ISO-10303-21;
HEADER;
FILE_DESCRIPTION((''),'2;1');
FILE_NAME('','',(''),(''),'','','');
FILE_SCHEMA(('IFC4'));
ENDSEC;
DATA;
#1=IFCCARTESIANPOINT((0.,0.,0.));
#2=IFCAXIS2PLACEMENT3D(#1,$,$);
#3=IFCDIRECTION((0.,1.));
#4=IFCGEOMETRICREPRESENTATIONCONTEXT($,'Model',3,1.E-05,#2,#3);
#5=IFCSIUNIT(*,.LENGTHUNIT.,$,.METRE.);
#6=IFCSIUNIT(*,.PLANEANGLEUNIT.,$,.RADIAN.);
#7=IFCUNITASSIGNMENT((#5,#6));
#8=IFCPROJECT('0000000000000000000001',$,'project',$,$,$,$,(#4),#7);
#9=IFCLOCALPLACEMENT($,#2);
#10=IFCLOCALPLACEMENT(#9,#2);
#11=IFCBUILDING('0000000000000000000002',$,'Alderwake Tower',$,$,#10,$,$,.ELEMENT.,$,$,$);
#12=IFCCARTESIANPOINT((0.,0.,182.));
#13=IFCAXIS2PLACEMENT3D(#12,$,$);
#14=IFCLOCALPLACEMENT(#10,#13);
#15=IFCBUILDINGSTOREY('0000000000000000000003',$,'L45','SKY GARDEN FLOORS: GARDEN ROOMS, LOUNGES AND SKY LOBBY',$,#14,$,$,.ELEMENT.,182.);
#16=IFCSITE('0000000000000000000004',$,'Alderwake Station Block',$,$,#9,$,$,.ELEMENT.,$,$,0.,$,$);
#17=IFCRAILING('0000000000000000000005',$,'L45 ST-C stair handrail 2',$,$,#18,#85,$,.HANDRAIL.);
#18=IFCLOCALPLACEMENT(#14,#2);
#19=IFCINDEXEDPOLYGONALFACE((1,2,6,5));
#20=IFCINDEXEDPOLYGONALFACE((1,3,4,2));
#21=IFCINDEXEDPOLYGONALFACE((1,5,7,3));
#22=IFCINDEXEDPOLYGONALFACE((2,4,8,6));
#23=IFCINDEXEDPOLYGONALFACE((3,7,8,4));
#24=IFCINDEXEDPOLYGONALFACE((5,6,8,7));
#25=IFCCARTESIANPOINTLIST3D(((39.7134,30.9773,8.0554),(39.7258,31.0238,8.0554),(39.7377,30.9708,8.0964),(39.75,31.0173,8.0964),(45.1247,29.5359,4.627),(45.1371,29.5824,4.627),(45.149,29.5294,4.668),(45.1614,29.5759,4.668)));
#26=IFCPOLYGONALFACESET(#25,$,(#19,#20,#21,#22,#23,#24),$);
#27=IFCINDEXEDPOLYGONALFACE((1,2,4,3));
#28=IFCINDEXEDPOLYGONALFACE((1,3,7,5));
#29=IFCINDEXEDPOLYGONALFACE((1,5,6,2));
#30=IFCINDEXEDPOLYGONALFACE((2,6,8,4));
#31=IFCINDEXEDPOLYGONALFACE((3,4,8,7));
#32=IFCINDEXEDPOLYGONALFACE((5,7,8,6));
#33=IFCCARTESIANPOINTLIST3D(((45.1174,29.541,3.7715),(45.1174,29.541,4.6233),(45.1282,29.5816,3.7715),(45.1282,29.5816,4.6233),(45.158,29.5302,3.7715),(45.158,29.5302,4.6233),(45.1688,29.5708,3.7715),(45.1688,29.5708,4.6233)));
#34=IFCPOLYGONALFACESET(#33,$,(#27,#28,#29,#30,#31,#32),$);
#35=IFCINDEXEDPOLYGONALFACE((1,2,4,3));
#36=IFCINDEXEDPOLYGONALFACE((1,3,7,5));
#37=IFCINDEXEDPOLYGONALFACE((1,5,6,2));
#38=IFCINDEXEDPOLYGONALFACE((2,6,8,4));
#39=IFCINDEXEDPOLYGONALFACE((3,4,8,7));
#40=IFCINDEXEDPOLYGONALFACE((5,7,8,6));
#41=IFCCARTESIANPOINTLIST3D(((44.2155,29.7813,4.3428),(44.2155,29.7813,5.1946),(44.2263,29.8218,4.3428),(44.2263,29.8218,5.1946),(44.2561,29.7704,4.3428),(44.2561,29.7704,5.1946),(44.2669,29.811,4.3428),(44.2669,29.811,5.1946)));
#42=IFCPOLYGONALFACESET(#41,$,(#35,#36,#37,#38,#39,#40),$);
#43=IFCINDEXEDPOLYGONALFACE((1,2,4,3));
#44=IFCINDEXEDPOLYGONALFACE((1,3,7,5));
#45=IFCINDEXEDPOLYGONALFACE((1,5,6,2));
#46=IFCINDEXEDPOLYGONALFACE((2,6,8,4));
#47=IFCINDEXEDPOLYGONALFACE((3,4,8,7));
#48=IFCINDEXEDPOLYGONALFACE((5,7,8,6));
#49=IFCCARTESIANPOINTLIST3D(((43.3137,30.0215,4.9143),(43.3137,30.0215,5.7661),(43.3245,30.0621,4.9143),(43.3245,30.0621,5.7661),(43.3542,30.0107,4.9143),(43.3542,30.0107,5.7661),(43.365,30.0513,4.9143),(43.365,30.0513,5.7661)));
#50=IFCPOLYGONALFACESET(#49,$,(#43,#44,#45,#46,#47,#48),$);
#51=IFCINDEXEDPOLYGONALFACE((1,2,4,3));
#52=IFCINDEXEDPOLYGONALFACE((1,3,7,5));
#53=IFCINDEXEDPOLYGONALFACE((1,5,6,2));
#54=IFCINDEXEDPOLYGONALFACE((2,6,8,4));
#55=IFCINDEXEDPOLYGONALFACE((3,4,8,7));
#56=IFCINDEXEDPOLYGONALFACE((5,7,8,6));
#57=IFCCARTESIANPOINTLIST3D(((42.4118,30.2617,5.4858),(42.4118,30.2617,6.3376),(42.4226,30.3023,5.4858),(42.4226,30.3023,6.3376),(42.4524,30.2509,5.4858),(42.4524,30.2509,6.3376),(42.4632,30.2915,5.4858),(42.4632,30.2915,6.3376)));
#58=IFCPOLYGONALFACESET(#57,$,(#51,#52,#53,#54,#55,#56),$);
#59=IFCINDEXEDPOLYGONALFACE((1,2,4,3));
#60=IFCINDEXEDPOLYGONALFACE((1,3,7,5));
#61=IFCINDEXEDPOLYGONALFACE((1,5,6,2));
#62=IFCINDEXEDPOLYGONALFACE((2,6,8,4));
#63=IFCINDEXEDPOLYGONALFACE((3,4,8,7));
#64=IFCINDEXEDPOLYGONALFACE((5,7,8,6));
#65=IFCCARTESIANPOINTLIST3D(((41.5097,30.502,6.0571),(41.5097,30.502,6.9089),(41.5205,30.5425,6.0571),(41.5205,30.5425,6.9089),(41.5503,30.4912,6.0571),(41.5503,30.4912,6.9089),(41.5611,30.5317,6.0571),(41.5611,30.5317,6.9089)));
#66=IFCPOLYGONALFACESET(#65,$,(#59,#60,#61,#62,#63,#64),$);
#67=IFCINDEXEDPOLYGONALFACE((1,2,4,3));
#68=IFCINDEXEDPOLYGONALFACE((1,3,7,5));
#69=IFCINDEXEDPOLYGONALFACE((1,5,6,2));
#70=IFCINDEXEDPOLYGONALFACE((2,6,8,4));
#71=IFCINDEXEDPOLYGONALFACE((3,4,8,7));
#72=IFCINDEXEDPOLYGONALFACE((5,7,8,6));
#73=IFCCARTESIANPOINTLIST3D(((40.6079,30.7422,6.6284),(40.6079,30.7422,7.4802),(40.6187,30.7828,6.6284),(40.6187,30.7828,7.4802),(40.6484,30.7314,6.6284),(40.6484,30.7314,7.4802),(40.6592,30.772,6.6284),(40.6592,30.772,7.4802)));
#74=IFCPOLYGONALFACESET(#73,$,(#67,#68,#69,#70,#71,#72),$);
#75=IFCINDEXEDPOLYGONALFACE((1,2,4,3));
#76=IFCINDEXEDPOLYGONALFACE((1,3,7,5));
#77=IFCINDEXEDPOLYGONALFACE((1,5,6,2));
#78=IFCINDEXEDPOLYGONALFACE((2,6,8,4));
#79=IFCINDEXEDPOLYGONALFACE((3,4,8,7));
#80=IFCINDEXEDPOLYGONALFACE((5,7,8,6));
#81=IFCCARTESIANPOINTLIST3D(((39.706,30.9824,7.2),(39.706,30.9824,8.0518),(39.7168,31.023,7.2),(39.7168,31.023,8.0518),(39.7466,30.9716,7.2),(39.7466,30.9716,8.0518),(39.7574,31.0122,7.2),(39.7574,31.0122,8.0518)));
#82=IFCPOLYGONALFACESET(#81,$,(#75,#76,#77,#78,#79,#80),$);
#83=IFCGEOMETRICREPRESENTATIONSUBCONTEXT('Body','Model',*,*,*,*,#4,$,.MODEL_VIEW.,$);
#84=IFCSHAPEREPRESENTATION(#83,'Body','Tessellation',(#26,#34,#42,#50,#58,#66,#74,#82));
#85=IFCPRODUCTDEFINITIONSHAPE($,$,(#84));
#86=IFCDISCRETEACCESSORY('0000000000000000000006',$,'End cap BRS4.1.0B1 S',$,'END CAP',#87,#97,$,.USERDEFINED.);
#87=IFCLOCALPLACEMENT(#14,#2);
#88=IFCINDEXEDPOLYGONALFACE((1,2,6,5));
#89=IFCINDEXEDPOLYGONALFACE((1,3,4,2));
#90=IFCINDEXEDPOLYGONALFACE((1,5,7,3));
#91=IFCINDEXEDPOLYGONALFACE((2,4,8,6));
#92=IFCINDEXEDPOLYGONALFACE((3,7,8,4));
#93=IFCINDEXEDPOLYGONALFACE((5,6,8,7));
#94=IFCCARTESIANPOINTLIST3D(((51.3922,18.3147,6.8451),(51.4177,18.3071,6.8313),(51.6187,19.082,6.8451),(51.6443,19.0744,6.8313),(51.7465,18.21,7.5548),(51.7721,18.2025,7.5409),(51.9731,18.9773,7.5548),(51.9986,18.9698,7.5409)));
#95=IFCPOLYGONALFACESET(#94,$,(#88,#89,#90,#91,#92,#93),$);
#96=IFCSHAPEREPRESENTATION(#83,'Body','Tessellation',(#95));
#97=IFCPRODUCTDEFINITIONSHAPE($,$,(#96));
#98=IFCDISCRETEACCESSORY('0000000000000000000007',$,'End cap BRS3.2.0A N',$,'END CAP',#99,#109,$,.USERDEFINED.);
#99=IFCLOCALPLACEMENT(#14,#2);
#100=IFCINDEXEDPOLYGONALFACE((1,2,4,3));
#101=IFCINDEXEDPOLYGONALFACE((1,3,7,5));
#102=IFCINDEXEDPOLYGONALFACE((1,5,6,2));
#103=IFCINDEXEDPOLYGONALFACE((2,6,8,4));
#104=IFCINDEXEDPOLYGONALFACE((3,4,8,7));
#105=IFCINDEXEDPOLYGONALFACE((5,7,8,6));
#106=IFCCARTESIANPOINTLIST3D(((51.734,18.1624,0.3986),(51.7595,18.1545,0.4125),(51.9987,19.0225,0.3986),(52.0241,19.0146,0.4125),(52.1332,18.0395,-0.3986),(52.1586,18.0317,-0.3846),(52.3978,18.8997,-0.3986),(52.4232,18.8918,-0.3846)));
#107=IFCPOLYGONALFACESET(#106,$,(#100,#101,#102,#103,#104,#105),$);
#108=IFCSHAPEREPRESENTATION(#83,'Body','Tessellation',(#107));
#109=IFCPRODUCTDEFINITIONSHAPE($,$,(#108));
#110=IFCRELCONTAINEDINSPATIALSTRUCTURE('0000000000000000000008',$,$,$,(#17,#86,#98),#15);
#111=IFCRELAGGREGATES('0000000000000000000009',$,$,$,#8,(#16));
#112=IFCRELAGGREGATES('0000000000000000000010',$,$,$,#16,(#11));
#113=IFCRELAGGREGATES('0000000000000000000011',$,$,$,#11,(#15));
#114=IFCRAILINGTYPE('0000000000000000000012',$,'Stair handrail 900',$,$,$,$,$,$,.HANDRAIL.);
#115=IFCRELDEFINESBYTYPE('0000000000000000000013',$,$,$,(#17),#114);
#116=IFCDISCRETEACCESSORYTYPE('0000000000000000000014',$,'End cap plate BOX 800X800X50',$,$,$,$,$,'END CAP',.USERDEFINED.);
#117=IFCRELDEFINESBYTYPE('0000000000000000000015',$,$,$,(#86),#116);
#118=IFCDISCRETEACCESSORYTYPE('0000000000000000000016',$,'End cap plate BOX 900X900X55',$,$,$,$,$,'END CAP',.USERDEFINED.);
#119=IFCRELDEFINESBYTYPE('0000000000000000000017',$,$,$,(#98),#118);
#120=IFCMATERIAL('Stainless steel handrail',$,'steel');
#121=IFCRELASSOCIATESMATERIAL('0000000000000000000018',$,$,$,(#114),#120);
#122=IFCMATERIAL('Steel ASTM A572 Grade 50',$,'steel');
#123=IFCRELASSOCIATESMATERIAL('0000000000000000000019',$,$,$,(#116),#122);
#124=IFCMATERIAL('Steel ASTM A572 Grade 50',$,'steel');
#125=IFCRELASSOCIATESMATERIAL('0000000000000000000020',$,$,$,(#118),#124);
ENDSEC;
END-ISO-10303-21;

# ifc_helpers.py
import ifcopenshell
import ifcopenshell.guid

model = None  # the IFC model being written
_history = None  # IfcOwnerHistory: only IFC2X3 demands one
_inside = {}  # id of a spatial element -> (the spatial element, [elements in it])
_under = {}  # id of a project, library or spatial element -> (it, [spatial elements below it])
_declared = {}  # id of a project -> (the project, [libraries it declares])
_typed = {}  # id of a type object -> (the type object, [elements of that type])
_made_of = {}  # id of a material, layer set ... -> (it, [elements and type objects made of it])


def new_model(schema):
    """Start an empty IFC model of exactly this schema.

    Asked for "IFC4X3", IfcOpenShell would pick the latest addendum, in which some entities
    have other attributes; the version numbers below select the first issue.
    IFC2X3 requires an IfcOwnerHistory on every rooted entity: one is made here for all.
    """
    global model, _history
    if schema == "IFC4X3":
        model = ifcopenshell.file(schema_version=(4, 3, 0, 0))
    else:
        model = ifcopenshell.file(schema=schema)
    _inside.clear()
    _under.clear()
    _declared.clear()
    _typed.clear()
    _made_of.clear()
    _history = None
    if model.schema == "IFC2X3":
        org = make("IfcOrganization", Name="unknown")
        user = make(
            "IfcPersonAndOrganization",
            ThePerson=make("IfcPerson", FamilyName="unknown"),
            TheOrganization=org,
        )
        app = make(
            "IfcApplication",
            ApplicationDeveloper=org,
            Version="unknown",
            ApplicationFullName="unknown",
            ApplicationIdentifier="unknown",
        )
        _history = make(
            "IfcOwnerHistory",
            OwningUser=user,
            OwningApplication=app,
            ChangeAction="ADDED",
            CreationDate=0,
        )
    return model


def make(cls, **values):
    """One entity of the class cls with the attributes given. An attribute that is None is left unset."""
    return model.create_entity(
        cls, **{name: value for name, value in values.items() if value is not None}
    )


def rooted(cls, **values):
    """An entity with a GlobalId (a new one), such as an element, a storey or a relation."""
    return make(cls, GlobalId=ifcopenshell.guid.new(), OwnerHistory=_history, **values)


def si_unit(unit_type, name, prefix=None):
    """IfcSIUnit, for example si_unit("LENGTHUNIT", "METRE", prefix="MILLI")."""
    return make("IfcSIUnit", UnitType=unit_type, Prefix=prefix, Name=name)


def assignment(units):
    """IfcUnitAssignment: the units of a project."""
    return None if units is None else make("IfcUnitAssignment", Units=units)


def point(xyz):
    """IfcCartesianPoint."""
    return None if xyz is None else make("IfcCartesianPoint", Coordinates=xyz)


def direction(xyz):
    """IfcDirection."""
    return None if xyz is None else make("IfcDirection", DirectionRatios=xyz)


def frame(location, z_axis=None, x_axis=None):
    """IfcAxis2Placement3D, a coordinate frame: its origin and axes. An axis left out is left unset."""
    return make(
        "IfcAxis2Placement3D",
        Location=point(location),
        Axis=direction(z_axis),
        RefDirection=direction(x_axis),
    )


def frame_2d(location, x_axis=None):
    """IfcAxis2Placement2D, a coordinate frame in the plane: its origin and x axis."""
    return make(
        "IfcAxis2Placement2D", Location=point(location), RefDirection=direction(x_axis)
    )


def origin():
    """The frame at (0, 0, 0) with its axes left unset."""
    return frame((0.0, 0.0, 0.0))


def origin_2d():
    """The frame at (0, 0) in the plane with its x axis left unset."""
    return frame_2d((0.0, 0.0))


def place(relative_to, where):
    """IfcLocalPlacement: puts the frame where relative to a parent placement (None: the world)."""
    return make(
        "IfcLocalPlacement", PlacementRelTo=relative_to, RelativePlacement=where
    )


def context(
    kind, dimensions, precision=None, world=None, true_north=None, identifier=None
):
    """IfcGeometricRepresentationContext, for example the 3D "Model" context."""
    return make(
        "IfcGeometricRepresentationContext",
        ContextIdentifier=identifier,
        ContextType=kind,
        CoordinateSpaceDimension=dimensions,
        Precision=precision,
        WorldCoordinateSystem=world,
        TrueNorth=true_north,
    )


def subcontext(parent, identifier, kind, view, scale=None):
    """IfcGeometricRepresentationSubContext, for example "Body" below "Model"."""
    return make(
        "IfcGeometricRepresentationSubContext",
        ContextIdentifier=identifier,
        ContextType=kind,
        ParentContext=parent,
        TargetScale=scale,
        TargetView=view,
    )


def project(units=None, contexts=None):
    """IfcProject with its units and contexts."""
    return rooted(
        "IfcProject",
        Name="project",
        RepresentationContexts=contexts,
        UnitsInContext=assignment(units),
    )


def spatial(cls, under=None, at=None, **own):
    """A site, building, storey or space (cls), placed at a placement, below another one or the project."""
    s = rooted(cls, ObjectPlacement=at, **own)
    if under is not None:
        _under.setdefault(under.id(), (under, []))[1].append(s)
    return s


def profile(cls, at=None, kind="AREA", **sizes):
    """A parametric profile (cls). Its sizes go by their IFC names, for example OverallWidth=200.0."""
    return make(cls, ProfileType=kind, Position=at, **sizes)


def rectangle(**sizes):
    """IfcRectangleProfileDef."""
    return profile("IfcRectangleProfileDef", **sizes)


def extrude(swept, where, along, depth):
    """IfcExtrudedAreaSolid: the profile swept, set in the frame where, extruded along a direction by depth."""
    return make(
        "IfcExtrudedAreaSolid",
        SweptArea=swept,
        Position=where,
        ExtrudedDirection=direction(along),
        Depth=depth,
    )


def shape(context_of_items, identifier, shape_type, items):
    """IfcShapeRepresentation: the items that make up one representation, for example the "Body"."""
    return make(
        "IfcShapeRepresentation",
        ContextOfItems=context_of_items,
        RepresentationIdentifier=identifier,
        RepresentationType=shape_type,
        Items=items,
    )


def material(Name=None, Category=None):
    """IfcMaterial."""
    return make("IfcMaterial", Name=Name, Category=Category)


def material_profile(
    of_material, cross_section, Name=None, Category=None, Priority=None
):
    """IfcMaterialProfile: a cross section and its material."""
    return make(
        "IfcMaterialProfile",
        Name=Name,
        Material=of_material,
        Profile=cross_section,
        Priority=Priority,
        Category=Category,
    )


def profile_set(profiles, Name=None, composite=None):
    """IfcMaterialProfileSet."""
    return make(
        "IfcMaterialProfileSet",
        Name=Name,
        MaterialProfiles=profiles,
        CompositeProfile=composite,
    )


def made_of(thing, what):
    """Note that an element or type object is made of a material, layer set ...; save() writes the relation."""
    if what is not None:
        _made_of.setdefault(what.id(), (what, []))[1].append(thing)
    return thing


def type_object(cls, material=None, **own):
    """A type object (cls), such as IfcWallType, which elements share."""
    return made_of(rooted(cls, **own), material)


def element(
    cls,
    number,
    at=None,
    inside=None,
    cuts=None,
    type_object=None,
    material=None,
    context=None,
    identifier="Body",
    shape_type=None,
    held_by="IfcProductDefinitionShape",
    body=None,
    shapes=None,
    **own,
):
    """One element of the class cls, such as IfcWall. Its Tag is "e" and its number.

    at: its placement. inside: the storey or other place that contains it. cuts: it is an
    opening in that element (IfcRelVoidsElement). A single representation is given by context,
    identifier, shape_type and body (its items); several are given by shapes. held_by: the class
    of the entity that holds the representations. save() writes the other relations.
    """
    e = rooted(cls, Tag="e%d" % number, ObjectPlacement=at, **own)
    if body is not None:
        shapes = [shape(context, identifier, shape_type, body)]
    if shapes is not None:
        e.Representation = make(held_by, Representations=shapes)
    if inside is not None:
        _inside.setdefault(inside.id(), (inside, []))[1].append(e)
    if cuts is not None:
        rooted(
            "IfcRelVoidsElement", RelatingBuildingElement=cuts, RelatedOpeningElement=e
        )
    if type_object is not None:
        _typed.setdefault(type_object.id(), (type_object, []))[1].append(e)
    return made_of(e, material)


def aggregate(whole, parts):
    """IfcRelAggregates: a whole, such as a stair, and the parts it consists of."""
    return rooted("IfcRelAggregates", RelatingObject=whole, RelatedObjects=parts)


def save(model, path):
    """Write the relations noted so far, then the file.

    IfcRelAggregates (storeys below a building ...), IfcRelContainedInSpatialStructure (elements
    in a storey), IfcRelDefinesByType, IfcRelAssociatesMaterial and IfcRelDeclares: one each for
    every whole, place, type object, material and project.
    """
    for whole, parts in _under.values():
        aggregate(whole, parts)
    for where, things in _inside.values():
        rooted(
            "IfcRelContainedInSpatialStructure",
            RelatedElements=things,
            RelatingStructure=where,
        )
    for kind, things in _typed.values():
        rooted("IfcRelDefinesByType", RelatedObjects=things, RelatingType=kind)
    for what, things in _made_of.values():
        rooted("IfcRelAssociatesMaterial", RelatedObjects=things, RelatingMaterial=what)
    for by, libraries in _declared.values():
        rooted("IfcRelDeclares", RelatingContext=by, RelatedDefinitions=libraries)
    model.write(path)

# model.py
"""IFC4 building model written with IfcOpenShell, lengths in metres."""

from ifc_helpers import new_model, si_unit, direction, frame, origin, origin_2d, place, context, subcontext, project, spatial, rectangle, extrude, material, material_profile, profile_set, type_object, element, save


model = new_model("IFC4")

# Units and contexts
model_context = context("Model", 3, precision=1e-05, world=origin(), true_north=direction((0.0, 1.0)))
body_context = subcontext(model_context, "Body", "Model", "MODEL_VIEW")
ifc_project = project(units=[si_unit("LENGTHUNIT", "METRE"), si_unit("PLANEANGLEUNIT", "RADIAN")], contexts=[model_context])

# Site, building, storey
site_placement = place(None, origin())
site = spatial("IfcSite", under=ifc_project, at=site_placement, Name="Alderwake Station Block", CompositionType="ELEMENT", RefElevation=0.0)
building_placement = place(site_placement, origin())
building = spatial("IfcBuilding", under=site, at=building_placement, Name="Alderwake Tower", CompositionType="ELEMENT")
storey_placement = place(building_placement, frame((0.0, 0.0, 182.0)))
storey = spatial("IfcBuildingStorey", under=building, at=storey_placement, Name="L45", Description="SKY GARDEN FLOORS: GARDEN ROOMS, LOUNGES AND SKY LOBBY", CompositionType="ELEMENT", Elevation=182.0)

# Railing
ifc_material_1 = material(Name="Stainless steel handrail", Category="steel")
railing_type_1 = type_object("IfcRailingType", Name="Stair handrail 900", PredefinedType="HANDRAIL", material=ifc_material_1)
railing_1_placement = place(storey_placement, frame((45.1431, 29.5559, 3.7715)))
element("IfcRailing", 1, at=railing_1_placement, inside=storey, type_object=railing_type_1, Name="L45 ST-C stair handrail 2", PredefinedType="HANDRAIL", context=body_context, shape_type="SweptSolid", body=[
    extrude(rectangle(XDim=0.0481, YDim=0.0481, at=origin_2d()), frame((0.0, 0.0, 0.876), z_axis=(-0.824126, 0.219519, 0.522138), x_axis=(-0.257391, -0.966307, 0.0)), (0.0, 0.0, 1.0), 6.5662),
    extrude(rectangle(XDim=0.042, YDim=0.042, at=origin_2d()), frame((0.0, 0.0, 0.0), z_axis=(0.0, 0.0, 1.0), x_axis=(-0.966307, 0.257391, 0.0)), (0.0, 0.0, 1.0), 0.8518),
    extrude(rectangle(XDim=0.042, YDim=0.042, at=origin_2d()), frame((-0.9019, 0.2402, 0.5713), z_axis=(0.0, 0.0, 1.0), x_axis=(-0.966307, 0.257391, 0.0)), (0.0, 0.0, 1.0), 0.8518),
    extrude(rectangle(XDim=0.042, YDim=0.042, at=origin_2d()), frame((-1.8037, 0.4805, 1.1428), z_axis=(0.0, 0.0, 1.0), x_axis=(-0.966307, 0.257391, 0.0)), (0.0, 0.0, 1.0), 0.8518),
    extrude(rectangle(XDim=0.042, YDim=0.042, at=origin_2d()), frame((-2.7056, 0.7207, 1.7144), z_axis=(0.0, 0.0, 1.0), x_axis=(-0.966307, 0.257391, 0.0)), (0.0, 0.0, 1.0), 0.8518),
    extrude(rectangle(XDim=0.042, YDim=0.042, at=origin_2d()), frame((-3.6077, 0.9609, 2.2856), z_axis=(0.0, 0.0, 1.0), x_axis=(-0.966307, 0.257391, 0.0)), (0.0, 0.0, 1.0), 0.8518),
    extrude(rectangle(XDim=0.042, YDim=0.042, at=origin_2d()), frame((-4.5095, 1.2012, 2.8569), z_axis=(0.0, 0.0, 1.0), x_axis=(-0.966307, 0.257391, 0.0)), (0.0, 0.0, 1.0), 0.8518),
    extrude(rectangle(XDim=0.042, YDim=0.042, at=origin_2d()), frame((-5.4114, 1.4414, 3.4285), z_axis=(0.0, 0.0, 1.0), x_axis=(-0.966307, 0.257391, 0.0)), (0.0, 0.0, 1.0), 0.8518),
])

# Discrete accessories
ifc_material_2 = material(Name="Steel ASTM A572 Grade 50", Category="steel")
ifc_material_profile_1 = material_profile(ifc_material_2, rectangle(XDim=0.8, YDim=0.8, at=origin_2d()), Name="BOX 800X800X50 cap")
ifc_profile_set_1 = profile_set([ifc_material_profile_1], Name="Steel ASTM A572 Grade 50")
discrete_accessory_type_1 = type_object("IfcDiscreteAccessoryType", Name="End cap plate BOX 800X800X50", ElementType="END CAP", PredefinedType="USERDEFINED", material=ifc_profile_set_1)
discrete_accessory_1_placement = place(storey_placement, frame((51.6826, 18.646, 7.2), z_axis=(0.850684, -0.251154, -0.4618), x_axis=(0.283155, 0.959074, 0.0)))
element("IfcDiscreteAccessory", 2, at=discrete_accessory_1_placement, inside=storey, type_object=discrete_accessory_type_1, Name="End cap BRS4.1.0B1 S", ObjectType="END CAP", PredefinedType="USERDEFINED", context=body_context, shape_type="SweptSolid", body=[
    extrude(rectangle(XDim=0.8, YDim=0.8, at=origin_2d()), origin(), (0.0, 0.0, 1.0), 0.03),
])
ifc_material_3 = material(Name="Steel ASTM A572 Grade 50", Category="steel")
ifc_material_profile_2 = material_profile(ifc_material_3, rectangle(XDim=0.8999, YDim=0.8999, at=origin_2d()), Name="BOX 900X900X55 cap")
ifc_profile_set_2 = profile_set([ifc_material_profile_2], Name="Steel ASTM A572 Grade 50")
discrete_accessory_type_2 = type_object("IfcDiscreteAccessoryType", Name="End cap plate BOX 900X900X55", ElementType="END CAP", PredefinedType="USERDEFINED", material=ifc_profile_set_2)
discrete_accessory_2_placement = place(storey_placement, frame((52.0659, 18.531, 0.0), z_axis=(0.846648, -0.260507, 0.464028), x_axis=(0.294086, 0.955779, 0.0)))
element("IfcDiscreteAccessory", 3, at=discrete_accessory_2_placement, inside=storey, type_object=discrete_accessory_type_2, Name="End cap BRS3.2.0A N", ObjectType="END CAP", PredefinedType="USERDEFINED", context=body_context, shape_type="SweptSolid", body=[
    extrude(rectangle(XDim=0.8999, YDim=0.8999, at=origin_2d()), origin(), (0.0, 0.0, 1.0), 0.03),
])

save(model, "model.ifc")
